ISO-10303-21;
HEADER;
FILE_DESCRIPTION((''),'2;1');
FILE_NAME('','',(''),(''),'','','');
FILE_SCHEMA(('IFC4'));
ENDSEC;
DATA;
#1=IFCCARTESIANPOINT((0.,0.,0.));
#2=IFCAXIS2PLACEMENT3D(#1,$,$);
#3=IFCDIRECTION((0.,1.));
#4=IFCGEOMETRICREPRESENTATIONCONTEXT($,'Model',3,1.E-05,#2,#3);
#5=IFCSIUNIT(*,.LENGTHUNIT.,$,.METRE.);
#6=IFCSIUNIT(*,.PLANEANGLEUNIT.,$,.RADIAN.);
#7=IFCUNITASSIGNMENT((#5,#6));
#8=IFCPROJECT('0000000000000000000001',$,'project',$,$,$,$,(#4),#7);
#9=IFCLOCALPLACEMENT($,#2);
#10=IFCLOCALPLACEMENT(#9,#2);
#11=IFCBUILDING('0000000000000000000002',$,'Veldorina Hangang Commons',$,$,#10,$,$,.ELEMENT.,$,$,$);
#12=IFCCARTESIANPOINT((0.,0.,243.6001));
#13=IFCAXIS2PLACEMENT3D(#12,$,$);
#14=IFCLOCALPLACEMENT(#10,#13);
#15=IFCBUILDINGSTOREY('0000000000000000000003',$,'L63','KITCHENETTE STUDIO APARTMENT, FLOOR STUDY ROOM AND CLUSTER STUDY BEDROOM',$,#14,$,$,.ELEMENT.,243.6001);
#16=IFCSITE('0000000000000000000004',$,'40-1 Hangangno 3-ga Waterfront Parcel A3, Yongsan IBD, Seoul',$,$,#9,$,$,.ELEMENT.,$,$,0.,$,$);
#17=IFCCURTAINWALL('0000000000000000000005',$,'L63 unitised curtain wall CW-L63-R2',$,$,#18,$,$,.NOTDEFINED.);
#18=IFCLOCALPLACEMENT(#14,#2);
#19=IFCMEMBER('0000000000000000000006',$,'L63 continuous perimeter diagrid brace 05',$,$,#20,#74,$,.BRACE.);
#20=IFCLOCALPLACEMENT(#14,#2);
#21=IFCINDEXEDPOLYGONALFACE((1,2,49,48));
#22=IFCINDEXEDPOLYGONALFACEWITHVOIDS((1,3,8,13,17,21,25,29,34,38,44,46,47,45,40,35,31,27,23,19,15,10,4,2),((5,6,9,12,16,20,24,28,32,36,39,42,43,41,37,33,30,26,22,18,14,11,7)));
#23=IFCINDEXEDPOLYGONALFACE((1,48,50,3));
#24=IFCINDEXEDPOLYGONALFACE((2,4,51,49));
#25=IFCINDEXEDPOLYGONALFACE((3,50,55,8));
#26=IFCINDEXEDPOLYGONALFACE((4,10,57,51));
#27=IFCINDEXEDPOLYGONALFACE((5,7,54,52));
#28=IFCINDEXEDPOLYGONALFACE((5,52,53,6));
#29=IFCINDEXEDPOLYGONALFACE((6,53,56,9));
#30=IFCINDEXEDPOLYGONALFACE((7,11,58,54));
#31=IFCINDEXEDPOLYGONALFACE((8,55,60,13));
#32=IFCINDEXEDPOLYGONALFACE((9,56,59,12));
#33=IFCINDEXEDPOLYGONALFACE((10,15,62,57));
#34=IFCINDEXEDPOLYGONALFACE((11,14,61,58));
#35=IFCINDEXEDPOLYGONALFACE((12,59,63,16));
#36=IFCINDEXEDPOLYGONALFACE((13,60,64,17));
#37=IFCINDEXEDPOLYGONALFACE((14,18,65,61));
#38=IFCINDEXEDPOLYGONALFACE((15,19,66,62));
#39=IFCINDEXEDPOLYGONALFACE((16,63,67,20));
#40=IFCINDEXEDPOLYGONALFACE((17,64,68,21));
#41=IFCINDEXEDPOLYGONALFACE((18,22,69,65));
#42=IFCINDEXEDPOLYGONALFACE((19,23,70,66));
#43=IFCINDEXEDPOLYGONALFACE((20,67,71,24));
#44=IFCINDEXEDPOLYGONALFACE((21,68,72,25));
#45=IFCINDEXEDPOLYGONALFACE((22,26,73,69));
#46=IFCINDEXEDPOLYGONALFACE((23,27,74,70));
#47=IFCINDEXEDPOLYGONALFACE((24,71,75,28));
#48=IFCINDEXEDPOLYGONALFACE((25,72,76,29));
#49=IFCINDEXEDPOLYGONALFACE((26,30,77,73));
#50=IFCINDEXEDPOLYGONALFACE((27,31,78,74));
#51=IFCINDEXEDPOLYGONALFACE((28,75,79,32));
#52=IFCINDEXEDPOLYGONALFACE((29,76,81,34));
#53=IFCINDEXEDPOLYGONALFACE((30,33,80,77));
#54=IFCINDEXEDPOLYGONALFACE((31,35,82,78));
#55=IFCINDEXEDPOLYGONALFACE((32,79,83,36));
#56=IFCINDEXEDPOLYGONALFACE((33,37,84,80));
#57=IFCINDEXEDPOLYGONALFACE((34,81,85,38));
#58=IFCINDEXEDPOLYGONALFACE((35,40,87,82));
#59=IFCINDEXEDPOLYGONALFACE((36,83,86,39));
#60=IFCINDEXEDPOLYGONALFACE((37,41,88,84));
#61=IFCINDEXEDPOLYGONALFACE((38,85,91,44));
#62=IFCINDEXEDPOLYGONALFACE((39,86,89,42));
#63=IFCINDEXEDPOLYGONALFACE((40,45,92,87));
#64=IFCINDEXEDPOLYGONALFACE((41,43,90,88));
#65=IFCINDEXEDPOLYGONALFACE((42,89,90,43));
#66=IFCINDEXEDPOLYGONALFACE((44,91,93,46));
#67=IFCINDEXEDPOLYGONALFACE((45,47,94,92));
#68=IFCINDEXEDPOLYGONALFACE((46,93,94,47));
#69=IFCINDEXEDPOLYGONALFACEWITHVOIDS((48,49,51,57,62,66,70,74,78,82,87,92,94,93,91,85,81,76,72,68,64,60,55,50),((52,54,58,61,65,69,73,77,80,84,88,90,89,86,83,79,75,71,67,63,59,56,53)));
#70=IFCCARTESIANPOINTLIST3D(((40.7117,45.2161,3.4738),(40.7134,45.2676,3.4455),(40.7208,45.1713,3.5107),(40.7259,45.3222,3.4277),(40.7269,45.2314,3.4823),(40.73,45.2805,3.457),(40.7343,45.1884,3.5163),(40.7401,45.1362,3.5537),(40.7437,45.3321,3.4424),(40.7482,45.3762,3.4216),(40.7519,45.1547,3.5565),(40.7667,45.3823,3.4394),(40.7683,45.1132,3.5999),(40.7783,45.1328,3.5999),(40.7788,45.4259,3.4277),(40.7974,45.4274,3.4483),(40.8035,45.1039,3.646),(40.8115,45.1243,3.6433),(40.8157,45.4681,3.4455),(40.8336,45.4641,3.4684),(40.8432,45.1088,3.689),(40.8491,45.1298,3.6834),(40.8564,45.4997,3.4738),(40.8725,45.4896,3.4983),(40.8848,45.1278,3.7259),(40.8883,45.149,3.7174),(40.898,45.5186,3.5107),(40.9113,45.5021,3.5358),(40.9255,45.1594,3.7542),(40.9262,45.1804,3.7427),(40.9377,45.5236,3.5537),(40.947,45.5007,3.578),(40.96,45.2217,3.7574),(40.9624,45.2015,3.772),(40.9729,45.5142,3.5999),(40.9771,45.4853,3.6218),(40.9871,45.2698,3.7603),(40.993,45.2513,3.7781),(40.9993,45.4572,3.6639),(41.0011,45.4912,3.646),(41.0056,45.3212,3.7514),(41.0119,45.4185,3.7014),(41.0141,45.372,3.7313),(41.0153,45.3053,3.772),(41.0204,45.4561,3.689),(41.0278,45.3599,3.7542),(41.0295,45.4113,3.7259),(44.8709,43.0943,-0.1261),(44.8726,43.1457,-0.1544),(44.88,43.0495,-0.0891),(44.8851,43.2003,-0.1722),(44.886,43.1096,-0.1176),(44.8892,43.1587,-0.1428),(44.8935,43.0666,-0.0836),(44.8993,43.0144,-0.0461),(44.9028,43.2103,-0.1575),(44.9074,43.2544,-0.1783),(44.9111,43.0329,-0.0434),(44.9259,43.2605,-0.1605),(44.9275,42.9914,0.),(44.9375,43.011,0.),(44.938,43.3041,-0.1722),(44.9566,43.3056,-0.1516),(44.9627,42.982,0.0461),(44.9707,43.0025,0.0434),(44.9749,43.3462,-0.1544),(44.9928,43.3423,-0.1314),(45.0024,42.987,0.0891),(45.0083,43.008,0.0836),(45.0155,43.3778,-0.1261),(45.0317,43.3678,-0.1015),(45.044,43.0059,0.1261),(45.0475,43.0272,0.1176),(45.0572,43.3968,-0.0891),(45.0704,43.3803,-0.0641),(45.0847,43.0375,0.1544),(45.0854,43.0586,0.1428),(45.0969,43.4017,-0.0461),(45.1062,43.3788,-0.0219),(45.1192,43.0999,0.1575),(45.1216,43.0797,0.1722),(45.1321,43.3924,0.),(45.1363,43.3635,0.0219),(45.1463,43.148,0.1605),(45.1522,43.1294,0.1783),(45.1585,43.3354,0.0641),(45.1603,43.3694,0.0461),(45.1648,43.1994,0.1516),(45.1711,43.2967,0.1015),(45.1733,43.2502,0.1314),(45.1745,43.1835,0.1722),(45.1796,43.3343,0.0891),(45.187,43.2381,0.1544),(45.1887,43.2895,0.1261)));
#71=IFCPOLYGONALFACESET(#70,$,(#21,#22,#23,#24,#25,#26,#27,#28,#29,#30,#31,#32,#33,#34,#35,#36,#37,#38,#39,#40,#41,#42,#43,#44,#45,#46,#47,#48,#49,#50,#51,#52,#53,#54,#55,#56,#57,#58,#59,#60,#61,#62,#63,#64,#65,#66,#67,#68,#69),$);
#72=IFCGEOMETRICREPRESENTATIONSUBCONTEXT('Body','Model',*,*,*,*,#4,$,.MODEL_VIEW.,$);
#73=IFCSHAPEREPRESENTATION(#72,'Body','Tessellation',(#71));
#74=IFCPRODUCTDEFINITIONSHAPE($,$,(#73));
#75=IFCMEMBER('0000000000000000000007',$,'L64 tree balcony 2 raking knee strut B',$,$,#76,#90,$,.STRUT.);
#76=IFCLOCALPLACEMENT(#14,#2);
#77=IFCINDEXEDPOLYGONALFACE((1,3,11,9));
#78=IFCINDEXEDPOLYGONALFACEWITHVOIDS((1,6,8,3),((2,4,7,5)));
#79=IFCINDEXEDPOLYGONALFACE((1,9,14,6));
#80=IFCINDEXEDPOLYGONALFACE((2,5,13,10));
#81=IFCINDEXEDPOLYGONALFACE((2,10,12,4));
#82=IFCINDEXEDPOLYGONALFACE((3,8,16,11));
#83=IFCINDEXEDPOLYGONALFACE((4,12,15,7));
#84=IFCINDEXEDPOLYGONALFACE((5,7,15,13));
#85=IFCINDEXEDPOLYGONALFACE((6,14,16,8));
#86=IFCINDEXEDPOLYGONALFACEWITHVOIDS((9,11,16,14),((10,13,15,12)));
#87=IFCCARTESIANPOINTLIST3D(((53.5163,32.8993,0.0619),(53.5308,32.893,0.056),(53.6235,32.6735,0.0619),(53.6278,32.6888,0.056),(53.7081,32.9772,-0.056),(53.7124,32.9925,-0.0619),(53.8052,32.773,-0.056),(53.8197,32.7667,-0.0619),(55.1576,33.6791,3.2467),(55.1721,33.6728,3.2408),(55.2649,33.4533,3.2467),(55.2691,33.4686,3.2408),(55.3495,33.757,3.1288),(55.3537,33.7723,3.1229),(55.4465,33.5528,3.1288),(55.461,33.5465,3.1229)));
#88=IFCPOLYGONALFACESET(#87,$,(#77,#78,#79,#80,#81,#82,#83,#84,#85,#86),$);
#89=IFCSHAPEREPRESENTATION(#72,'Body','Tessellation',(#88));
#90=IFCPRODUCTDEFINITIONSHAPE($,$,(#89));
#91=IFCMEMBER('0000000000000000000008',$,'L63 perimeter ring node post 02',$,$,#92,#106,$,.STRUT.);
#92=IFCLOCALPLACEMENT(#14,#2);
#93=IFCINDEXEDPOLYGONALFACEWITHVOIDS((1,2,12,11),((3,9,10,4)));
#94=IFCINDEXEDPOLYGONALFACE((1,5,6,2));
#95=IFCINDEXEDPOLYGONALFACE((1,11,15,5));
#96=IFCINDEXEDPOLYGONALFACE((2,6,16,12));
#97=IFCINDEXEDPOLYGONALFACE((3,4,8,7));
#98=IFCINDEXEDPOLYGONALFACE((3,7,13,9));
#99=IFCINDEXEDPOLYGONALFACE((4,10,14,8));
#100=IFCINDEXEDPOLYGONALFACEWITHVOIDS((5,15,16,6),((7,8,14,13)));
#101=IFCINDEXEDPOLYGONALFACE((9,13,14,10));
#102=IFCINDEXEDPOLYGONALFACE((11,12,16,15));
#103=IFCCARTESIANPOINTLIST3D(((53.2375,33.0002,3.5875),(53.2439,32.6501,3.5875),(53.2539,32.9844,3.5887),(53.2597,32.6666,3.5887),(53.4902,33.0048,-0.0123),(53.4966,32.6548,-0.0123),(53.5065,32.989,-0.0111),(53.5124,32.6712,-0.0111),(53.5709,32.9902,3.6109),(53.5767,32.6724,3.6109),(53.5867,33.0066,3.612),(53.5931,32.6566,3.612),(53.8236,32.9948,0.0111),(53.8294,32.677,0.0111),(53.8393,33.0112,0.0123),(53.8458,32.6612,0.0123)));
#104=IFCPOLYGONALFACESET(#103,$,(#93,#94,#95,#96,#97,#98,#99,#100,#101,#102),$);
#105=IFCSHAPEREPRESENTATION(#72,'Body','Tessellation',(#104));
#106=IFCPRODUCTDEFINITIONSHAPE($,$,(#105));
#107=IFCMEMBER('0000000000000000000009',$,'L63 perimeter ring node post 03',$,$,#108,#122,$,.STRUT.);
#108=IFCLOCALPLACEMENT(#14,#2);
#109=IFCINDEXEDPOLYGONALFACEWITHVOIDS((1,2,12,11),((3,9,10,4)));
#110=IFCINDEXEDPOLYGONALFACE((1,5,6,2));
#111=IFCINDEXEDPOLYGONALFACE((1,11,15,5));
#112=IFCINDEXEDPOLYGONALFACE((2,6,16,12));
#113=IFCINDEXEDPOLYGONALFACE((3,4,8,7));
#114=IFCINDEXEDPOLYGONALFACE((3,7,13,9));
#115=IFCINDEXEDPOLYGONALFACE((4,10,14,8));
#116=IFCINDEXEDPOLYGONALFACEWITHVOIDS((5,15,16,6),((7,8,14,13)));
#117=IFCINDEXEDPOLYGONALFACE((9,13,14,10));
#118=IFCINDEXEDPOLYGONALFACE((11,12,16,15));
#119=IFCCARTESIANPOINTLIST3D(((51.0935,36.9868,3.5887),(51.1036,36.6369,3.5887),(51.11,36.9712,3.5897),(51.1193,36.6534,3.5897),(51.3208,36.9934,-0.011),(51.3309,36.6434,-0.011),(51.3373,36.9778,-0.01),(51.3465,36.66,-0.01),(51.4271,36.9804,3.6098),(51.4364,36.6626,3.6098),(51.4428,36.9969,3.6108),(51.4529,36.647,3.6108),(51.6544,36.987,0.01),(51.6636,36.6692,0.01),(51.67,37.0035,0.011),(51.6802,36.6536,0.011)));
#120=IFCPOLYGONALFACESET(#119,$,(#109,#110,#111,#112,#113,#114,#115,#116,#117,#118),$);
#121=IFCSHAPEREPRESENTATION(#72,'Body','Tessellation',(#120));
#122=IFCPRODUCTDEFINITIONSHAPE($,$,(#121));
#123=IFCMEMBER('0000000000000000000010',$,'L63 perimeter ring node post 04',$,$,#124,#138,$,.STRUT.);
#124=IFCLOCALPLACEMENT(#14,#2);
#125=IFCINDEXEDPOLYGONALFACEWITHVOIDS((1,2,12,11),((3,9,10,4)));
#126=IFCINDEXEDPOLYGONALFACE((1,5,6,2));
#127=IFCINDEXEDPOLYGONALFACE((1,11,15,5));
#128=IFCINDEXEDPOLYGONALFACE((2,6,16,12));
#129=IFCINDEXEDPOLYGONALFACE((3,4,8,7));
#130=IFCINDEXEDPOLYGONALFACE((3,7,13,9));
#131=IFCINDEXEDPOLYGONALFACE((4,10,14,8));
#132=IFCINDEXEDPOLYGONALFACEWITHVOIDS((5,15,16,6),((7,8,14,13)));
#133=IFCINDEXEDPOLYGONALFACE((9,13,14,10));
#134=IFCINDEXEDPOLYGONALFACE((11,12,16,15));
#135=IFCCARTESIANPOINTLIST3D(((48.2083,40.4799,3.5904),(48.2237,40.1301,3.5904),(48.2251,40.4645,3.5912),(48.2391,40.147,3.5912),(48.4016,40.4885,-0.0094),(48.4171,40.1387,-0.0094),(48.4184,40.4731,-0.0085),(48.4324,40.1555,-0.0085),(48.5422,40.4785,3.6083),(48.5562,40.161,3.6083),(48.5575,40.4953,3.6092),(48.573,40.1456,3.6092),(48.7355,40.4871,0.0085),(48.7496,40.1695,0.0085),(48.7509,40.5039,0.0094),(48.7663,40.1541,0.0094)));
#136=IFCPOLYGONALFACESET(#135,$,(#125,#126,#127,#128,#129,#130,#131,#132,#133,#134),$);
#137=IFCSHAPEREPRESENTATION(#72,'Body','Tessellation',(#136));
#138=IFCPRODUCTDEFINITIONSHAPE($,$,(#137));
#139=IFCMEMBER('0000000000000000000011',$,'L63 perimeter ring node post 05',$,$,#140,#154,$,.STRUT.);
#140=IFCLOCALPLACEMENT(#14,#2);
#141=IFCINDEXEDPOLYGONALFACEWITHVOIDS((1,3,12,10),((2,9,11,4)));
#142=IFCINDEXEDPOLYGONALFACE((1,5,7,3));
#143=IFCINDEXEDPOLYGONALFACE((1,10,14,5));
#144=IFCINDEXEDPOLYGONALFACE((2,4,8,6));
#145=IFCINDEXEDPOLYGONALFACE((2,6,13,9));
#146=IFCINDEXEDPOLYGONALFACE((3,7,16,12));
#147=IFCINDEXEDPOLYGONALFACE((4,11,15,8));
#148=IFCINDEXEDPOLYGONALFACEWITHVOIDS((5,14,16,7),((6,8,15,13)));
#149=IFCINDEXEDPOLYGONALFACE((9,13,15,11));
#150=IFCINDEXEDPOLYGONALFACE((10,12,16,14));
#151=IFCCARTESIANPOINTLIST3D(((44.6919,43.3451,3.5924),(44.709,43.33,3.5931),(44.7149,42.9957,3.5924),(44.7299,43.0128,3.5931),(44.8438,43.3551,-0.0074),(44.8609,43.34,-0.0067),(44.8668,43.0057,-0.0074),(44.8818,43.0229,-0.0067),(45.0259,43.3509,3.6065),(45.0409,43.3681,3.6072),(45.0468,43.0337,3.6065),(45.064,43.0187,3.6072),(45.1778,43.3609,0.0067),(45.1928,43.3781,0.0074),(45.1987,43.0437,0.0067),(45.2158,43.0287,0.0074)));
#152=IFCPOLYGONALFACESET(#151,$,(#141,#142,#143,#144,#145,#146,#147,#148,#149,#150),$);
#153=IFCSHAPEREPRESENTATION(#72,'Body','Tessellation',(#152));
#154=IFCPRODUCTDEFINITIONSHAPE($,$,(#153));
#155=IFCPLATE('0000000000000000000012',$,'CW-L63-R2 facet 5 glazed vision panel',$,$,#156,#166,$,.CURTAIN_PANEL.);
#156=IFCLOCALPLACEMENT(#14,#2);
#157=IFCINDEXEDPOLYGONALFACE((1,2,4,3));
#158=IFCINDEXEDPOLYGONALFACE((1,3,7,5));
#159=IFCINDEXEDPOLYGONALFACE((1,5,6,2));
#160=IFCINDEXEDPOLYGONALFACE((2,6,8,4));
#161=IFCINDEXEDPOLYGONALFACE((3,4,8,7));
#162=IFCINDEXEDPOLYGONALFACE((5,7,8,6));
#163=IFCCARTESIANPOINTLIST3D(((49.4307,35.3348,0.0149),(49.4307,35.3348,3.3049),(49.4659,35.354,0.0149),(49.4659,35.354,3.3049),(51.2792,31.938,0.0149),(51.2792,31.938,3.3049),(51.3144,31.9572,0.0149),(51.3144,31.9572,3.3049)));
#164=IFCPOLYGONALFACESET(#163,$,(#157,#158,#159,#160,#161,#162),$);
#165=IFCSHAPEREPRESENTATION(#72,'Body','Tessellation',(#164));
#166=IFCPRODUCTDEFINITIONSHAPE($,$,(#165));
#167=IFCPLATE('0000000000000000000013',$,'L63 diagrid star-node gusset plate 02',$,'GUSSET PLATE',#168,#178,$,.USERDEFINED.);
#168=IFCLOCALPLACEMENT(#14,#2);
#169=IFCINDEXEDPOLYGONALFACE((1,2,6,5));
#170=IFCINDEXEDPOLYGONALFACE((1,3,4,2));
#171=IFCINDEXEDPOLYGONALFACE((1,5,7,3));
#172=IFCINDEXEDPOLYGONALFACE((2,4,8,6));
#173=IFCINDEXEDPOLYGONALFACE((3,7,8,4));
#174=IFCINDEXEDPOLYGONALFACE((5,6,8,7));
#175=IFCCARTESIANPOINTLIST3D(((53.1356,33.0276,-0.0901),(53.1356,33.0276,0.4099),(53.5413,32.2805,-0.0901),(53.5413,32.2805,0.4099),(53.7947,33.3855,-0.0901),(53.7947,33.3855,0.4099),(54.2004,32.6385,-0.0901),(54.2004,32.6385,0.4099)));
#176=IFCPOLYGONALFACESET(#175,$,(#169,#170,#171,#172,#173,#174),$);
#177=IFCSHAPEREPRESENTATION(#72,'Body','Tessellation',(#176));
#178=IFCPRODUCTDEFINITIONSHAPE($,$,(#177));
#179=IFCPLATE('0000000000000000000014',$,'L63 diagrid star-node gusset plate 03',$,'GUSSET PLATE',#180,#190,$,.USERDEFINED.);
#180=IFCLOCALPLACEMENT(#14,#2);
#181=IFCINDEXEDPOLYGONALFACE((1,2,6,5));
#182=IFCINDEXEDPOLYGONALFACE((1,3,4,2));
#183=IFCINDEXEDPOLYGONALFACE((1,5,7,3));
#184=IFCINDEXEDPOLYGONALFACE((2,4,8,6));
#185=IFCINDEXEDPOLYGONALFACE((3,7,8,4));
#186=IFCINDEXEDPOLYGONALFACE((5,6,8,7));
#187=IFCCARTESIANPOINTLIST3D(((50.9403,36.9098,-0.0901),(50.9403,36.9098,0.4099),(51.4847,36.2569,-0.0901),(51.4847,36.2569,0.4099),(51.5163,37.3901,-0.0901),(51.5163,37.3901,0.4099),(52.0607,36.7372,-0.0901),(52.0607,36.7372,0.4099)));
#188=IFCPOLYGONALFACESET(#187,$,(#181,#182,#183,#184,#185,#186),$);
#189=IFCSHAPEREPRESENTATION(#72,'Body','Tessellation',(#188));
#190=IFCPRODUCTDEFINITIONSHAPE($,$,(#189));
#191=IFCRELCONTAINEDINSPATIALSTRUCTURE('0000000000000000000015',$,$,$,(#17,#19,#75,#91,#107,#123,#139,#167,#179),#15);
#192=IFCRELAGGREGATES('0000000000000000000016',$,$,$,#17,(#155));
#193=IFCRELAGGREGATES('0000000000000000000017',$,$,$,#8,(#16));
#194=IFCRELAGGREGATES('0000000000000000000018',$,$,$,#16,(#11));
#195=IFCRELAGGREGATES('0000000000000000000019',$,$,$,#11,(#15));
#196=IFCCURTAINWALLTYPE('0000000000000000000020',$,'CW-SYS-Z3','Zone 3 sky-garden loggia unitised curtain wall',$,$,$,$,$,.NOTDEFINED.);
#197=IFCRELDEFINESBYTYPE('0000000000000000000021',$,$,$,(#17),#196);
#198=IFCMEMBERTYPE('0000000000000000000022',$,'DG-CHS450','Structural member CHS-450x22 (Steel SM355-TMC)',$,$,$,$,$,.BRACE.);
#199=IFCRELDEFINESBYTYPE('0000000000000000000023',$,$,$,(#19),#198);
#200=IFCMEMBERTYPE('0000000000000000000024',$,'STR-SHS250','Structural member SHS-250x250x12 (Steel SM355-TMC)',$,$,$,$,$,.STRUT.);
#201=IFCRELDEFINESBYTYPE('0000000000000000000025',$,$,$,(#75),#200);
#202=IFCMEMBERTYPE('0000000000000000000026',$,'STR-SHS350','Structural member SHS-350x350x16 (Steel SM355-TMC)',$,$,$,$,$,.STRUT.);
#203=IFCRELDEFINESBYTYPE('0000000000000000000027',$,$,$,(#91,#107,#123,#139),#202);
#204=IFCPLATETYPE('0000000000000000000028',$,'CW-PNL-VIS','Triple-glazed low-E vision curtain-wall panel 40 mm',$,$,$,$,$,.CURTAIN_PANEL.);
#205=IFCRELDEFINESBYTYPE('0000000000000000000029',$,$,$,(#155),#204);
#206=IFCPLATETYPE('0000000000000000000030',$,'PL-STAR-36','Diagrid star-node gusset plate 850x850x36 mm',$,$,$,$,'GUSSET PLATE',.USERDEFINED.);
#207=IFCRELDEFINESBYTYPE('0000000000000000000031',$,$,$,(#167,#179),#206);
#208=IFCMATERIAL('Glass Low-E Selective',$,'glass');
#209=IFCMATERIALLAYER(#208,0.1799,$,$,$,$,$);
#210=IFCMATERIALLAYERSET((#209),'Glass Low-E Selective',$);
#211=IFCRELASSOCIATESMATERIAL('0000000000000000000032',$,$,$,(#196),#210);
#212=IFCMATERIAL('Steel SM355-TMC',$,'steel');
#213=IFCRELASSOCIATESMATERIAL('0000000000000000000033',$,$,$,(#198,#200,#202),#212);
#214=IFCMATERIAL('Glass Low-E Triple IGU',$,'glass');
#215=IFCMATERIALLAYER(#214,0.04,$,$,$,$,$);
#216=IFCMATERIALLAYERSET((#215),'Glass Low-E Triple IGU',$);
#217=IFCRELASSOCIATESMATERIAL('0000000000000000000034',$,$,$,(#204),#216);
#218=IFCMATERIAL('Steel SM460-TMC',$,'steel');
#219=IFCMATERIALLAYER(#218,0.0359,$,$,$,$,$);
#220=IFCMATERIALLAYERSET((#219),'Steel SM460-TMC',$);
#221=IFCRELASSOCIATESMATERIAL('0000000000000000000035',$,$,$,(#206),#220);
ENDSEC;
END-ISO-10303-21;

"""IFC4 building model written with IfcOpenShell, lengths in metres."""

from ifc_helpers import new_model, si_unit, direction, frame, origin, origin_2d, place, context, subcontext, project, spatial, rectangle, hollow_rectangle, hollow_circle, extrude, material, layer, layer_set, material_profile, profile_set, type_object, element, aggregate, save


model = new_model("IFC4")

# Units and contexts
model_context = context("Model", 3, precision=1e-05, world=origin(), true_north=direction((0.0, 1.0)))
body_context = subcontext(model_context, "Body", "Model", "MODEL_VIEW")
ifc_project = project(units=[si_unit("LENGTHUNIT", "METRE"), si_unit("PLANEANGLEUNIT", "RADIAN")], contexts=[model_context])

# Site, building, storey
site_placement = place(None, origin())
site = spatial("IfcSite", under=ifc_project, at=site_placement, Name="40-1 Hangangno 3-ga Waterfront Parcel A3, Yongsan IBD, Seoul", CompositionType="ELEMENT", RefElevation=0.0)
building_placement = place(site_placement, origin())
building = spatial("IfcBuilding", under=site, at=building_placement, Name="Veldorina Hangang Commons", CompositionType="ELEMENT")
storey_placement = place(building_placement, frame((0.0, 0.0, 243.6001)))
storey = spatial("IfcBuildingStorey", under=building, at=storey_placement, Name="L63", Description="KITCHENETTE STUDIO APARTMENT, FLOOR STUDY ROOM AND CLUSTER STUDY BEDROOM", CompositionType="ELEMENT", Elevation=243.6001)

# Shared definitions
ifc_material_1 = material(Name="Steel SM355-TMC", Category="steel")

# Curtain wall
ifc_material_2 = material(Name="Glass Low-E Selective", Category="glass")
ifc_layer_1 = layer(ifc_material_2, 0.1799)
ifc_layer_set_1 = layer_set([ifc_layer_1], Name="Glass Low-E Selective")
curtain_wall_type = type_object("IfcCurtainWallType", Name="CW-SYS-Z3", Description="Zone 3 sky-garden loggia unitised curtain wall", PredefinedType="NOTDEFINED", material=ifc_layer_set_1)
curtain_wall_placement = place(storey_placement, origin())
curtain_wall = element("IfcCurtainWall", 1, at=curtain_wall_placement, inside=storey, type_object=curtain_wall_type, Name="L63 unitised curtain wall CW-L63-R2", PredefinedType="NOTDEFINED")

# Members
ifc_material_profile_1 = material_profile(ifc_material_1, hollow_circle(Radius=0.2251, WallThickness=0.022, at=origin_2d()), Name="CHS-450x22")
ifc_profile_set_1 = profile_set([ifc_material_profile_1], Name="Steel SM355-TMC")
member_type_1 = type_object("IfcMemberType", Name="DG-CHS450", Description="Structural member CHS-450x22 (Steel SM355-TMC)", PredefinedType="BRACE", material=ifc_profile_set_1)
member_1_placement = place(storey_placement, frame((45.0298, 43.1919, 0.0), z_axis=(-0.705454, 0.359891, 0.610584), x_axis=(-0.454436, -0.89078, 0.0)))
element("IfcMember", 2, at=member_1_placement, inside=storey, type_object=member_type_1, Name="L63 continuous perimeter diagrid brace 05", PredefinedType="BRACE", context=body_context, shape_type="SweptSolid", body=[
    extrude(hollow_circle(Radius=0.2251, WallThickness=0.022, at=origin_2d()), origin(), (0.0, 0.0, 1.0), 5.8958),
])
ifc_material_profile_2 = material_profile(ifc_material_1, hollow_rectangle(XDim=0.25, YDim=0.25, WallThickness=0.012, at=origin_2d()), Name="SHS-250x250x12")
ifc_profile_set_2 = profile_set([ifc_material_profile_2], Name="Steel SM355-TMC")
member_type_2 = type_object("IfcMemberType", Name="STR-SHS250", Description="Structural member SHS-250x250x12 (Steel SM355-TMC)", PredefinedType="STRUT", material=ifc_profile_set_2)
member_2_placement = place(storey_placement, frame((53.668, 32.833, 0.0), z_axis=(0.447631, 0.212663, 0.868563), x_axis=(-0.42912, 0.903248, 0.0)))
element("IfcMember", 3, at=member_2_placement, inside=storey, type_object=member_type_2, Name="L64 tree balcony 2 raking knee strut B", PredefinedType="STRUT", context=body_context, shape_type="SweptSolid", body=[
    extrude(hollow_rectangle(XDim=0.25, YDim=0.25, WallThickness=0.012, at=origin_2d()), origin(), (0.0, 0.0, 1.0), 3.6667),
])
ifc_material_profile_3 = material_profile(ifc_material_1, hollow_rectangle(XDim=0.3501, YDim=0.3501, WallThickness=0.0161, at=origin_2d()), Name="SHS-350x350x16")
ifc_profile_set_3 = profile_set([ifc_material_profile_3], Name="Steel SM355-TMC")
member_type_3 = type_object("IfcMemberType", Name="STR-SHS350", Description="Structural member SHS-350x350x16 (Steel SM355-TMC)", PredefinedType="STRUT", material=ifc_profile_set_3)
member_3_placement = place(storey_placement, frame((53.668, 32.833, 0.0), z_axis=(-0.070021, -0.001285, 0.997545), x_axis=(0.018354, -0.999832, 0.0)))
element("IfcMember", 4, at=member_3_placement, inside=storey, type_object=member_type_3, Name="L63 perimeter ring node post 02", PredefinedType="STRUT", context=body_context, shape_type="SweptSolid", body=[
    extrude(hollow_rectangle(XDim=0.3501, YDim=0.3501, WallThickness=0.0161, at=origin_2d()), origin(), (0.0, 0.0, 1.0), 3.6086),
])
member_4_placement = place(storey_placement, frame((51.5005, 36.8235, 0.0), z_axis=(-0.063014, -0.001827, 0.998011), x_axis=(0.028989, -0.99958, 0.0)))
element("IfcMember", 5, at=member_4_placement, inside=storey, type_object=member_type_3, Name="L63 perimeter ring node post 03", PredefinedType="STRUT", context=body_context, shape_type="SweptSolid", body=[
    extrude(hollow_rectangle(XDim=0.3501, YDim=0.3501, WallThickness=0.0161, at=origin_2d()), origin(), (0.0, 0.0, 1.0), 3.6069),
])
member_5_placement = place(storey_placement, frame((48.584, 40.3213, 0.0), z_axis=(-0.053636, -0.00237, 0.998558), x_axis=(0.044149, -0.999025, 0.0)))
element("IfcMember", 6, at=member_5_placement, inside=storey, type_object=member_type_3, Name="L63 perimeter ring node post 04", PredefinedType="STRUT", context=body_context, shape_type="SweptSolid", body=[
    extrude(hollow_rectangle(XDim=0.3501, YDim=0.3501, WallThickness=0.0161, at=origin_2d()), origin(), (0.0, 0.0, 1.0), 3.605),
])
member_6_placement = place(storey_placement, frame((45.0298, 43.1919, 0.0), z_axis=(-0.042146, -0.002778, 0.999108), x_axis=(0.065774, -0.997835, 0.0)))
element("IfcMember", 7, at=member_6_placement, inside=storey, type_object=member_type_3, Name="L63 perimeter ring node post 05", PredefinedType="STRUT", context=body_context, shape_type="SweptSolid", body=[
    extrude(hollow_rectangle(XDim=0.3501, YDim=0.3501, WallThickness=0.0161, at=origin_2d()), origin(), (0.0, 0.0, 1.0), 3.603),
])

# Plate
ifc_material_3 = material(Name="Glass Low-E Triple IGU", Category="glass")
ifc_layer_2 = layer(ifc_material_3, 0.04)
ifc_layer_set_2 = layer_set([ifc_layer_2], Name="Glass Low-E Triple IGU")
plate_type_1 = type_object("IfcPlateType", Name="CW-PNL-VIS", Description="Triple-glazed low-E vision curtain-wall panel 40 mm", PredefinedType="CURTAIN_PANEL", material=ifc_layer_set_2)
plate_1_placement = place(storey_placement, frame((50.3726, 33.646, 0.0149), z_axis=(0.0, 0.0, 1.0), x_axis=(-0.478002, 0.878359, 0.0)))
plate_1 = element("IfcPlate", 8, at=plate_1_placement, type_object=plate_type_1, Name="CW-L63-R2 facet 5 glazed vision panel", PredefinedType="CURTAIN_PANEL", context=body_context, shape_type="SweptSolid", body=[
    extrude(rectangle(XDim=3.8672, YDim=0.04, at=origin_2d()), origin(), (0.0, 0.0, 1.0), 3.29),
])
aggregate(curtain_wall, [plate_1])

# Plates
ifc_material_4 = material(Name="Steel SM460-TMC", Category="steel")
ifc_layer_3 = layer(ifc_material_4, 0.0359)
ifc_layer_set_3 = layer_set([ifc_layer_3], Name="Steel SM460-TMC")
plate_type_2 = type_object("IfcPlateType", Name="PL-STAR-36", Description="Diagrid star-node gusset plate 850x850x36 mm", ElementType="GUSSET PLATE", PredefinedType="USERDEFINED", material=ifc_layer_set_3)
for number, where, z_axis, x_axis, name in (
    (9, (53.668, 32.833, -0.0901), (0.0, 0.0, 1.0), (-0.477251, 0.878767, 0.0), "L63 diagrid star-node gusset plate 02"),
    (10, (51.5005, 36.8235, -0.0901), (0.0, 0.0, 1.0), (-0.640431, 0.768015, 0.0), "L63 diagrid star-node gusset plate 03"),
):
    element("IfcPlate", number, at=place(storey_placement, frame(where, z_axis=z_axis, x_axis=x_axis)), inside=storey, type_object=plate_type_2, Name=name, ObjectType="GUSSET PLATE", PredefinedType="USERDEFINED", context=body_context, shape_type="SweptSolid", body=[
        extrude(rectangle(XDim=0.8501, YDim=0.75, at=origin_2d()), origin(), (0.0, 0.0, 1.0), 0.5),
    ])

save(model, "model.ifc")
